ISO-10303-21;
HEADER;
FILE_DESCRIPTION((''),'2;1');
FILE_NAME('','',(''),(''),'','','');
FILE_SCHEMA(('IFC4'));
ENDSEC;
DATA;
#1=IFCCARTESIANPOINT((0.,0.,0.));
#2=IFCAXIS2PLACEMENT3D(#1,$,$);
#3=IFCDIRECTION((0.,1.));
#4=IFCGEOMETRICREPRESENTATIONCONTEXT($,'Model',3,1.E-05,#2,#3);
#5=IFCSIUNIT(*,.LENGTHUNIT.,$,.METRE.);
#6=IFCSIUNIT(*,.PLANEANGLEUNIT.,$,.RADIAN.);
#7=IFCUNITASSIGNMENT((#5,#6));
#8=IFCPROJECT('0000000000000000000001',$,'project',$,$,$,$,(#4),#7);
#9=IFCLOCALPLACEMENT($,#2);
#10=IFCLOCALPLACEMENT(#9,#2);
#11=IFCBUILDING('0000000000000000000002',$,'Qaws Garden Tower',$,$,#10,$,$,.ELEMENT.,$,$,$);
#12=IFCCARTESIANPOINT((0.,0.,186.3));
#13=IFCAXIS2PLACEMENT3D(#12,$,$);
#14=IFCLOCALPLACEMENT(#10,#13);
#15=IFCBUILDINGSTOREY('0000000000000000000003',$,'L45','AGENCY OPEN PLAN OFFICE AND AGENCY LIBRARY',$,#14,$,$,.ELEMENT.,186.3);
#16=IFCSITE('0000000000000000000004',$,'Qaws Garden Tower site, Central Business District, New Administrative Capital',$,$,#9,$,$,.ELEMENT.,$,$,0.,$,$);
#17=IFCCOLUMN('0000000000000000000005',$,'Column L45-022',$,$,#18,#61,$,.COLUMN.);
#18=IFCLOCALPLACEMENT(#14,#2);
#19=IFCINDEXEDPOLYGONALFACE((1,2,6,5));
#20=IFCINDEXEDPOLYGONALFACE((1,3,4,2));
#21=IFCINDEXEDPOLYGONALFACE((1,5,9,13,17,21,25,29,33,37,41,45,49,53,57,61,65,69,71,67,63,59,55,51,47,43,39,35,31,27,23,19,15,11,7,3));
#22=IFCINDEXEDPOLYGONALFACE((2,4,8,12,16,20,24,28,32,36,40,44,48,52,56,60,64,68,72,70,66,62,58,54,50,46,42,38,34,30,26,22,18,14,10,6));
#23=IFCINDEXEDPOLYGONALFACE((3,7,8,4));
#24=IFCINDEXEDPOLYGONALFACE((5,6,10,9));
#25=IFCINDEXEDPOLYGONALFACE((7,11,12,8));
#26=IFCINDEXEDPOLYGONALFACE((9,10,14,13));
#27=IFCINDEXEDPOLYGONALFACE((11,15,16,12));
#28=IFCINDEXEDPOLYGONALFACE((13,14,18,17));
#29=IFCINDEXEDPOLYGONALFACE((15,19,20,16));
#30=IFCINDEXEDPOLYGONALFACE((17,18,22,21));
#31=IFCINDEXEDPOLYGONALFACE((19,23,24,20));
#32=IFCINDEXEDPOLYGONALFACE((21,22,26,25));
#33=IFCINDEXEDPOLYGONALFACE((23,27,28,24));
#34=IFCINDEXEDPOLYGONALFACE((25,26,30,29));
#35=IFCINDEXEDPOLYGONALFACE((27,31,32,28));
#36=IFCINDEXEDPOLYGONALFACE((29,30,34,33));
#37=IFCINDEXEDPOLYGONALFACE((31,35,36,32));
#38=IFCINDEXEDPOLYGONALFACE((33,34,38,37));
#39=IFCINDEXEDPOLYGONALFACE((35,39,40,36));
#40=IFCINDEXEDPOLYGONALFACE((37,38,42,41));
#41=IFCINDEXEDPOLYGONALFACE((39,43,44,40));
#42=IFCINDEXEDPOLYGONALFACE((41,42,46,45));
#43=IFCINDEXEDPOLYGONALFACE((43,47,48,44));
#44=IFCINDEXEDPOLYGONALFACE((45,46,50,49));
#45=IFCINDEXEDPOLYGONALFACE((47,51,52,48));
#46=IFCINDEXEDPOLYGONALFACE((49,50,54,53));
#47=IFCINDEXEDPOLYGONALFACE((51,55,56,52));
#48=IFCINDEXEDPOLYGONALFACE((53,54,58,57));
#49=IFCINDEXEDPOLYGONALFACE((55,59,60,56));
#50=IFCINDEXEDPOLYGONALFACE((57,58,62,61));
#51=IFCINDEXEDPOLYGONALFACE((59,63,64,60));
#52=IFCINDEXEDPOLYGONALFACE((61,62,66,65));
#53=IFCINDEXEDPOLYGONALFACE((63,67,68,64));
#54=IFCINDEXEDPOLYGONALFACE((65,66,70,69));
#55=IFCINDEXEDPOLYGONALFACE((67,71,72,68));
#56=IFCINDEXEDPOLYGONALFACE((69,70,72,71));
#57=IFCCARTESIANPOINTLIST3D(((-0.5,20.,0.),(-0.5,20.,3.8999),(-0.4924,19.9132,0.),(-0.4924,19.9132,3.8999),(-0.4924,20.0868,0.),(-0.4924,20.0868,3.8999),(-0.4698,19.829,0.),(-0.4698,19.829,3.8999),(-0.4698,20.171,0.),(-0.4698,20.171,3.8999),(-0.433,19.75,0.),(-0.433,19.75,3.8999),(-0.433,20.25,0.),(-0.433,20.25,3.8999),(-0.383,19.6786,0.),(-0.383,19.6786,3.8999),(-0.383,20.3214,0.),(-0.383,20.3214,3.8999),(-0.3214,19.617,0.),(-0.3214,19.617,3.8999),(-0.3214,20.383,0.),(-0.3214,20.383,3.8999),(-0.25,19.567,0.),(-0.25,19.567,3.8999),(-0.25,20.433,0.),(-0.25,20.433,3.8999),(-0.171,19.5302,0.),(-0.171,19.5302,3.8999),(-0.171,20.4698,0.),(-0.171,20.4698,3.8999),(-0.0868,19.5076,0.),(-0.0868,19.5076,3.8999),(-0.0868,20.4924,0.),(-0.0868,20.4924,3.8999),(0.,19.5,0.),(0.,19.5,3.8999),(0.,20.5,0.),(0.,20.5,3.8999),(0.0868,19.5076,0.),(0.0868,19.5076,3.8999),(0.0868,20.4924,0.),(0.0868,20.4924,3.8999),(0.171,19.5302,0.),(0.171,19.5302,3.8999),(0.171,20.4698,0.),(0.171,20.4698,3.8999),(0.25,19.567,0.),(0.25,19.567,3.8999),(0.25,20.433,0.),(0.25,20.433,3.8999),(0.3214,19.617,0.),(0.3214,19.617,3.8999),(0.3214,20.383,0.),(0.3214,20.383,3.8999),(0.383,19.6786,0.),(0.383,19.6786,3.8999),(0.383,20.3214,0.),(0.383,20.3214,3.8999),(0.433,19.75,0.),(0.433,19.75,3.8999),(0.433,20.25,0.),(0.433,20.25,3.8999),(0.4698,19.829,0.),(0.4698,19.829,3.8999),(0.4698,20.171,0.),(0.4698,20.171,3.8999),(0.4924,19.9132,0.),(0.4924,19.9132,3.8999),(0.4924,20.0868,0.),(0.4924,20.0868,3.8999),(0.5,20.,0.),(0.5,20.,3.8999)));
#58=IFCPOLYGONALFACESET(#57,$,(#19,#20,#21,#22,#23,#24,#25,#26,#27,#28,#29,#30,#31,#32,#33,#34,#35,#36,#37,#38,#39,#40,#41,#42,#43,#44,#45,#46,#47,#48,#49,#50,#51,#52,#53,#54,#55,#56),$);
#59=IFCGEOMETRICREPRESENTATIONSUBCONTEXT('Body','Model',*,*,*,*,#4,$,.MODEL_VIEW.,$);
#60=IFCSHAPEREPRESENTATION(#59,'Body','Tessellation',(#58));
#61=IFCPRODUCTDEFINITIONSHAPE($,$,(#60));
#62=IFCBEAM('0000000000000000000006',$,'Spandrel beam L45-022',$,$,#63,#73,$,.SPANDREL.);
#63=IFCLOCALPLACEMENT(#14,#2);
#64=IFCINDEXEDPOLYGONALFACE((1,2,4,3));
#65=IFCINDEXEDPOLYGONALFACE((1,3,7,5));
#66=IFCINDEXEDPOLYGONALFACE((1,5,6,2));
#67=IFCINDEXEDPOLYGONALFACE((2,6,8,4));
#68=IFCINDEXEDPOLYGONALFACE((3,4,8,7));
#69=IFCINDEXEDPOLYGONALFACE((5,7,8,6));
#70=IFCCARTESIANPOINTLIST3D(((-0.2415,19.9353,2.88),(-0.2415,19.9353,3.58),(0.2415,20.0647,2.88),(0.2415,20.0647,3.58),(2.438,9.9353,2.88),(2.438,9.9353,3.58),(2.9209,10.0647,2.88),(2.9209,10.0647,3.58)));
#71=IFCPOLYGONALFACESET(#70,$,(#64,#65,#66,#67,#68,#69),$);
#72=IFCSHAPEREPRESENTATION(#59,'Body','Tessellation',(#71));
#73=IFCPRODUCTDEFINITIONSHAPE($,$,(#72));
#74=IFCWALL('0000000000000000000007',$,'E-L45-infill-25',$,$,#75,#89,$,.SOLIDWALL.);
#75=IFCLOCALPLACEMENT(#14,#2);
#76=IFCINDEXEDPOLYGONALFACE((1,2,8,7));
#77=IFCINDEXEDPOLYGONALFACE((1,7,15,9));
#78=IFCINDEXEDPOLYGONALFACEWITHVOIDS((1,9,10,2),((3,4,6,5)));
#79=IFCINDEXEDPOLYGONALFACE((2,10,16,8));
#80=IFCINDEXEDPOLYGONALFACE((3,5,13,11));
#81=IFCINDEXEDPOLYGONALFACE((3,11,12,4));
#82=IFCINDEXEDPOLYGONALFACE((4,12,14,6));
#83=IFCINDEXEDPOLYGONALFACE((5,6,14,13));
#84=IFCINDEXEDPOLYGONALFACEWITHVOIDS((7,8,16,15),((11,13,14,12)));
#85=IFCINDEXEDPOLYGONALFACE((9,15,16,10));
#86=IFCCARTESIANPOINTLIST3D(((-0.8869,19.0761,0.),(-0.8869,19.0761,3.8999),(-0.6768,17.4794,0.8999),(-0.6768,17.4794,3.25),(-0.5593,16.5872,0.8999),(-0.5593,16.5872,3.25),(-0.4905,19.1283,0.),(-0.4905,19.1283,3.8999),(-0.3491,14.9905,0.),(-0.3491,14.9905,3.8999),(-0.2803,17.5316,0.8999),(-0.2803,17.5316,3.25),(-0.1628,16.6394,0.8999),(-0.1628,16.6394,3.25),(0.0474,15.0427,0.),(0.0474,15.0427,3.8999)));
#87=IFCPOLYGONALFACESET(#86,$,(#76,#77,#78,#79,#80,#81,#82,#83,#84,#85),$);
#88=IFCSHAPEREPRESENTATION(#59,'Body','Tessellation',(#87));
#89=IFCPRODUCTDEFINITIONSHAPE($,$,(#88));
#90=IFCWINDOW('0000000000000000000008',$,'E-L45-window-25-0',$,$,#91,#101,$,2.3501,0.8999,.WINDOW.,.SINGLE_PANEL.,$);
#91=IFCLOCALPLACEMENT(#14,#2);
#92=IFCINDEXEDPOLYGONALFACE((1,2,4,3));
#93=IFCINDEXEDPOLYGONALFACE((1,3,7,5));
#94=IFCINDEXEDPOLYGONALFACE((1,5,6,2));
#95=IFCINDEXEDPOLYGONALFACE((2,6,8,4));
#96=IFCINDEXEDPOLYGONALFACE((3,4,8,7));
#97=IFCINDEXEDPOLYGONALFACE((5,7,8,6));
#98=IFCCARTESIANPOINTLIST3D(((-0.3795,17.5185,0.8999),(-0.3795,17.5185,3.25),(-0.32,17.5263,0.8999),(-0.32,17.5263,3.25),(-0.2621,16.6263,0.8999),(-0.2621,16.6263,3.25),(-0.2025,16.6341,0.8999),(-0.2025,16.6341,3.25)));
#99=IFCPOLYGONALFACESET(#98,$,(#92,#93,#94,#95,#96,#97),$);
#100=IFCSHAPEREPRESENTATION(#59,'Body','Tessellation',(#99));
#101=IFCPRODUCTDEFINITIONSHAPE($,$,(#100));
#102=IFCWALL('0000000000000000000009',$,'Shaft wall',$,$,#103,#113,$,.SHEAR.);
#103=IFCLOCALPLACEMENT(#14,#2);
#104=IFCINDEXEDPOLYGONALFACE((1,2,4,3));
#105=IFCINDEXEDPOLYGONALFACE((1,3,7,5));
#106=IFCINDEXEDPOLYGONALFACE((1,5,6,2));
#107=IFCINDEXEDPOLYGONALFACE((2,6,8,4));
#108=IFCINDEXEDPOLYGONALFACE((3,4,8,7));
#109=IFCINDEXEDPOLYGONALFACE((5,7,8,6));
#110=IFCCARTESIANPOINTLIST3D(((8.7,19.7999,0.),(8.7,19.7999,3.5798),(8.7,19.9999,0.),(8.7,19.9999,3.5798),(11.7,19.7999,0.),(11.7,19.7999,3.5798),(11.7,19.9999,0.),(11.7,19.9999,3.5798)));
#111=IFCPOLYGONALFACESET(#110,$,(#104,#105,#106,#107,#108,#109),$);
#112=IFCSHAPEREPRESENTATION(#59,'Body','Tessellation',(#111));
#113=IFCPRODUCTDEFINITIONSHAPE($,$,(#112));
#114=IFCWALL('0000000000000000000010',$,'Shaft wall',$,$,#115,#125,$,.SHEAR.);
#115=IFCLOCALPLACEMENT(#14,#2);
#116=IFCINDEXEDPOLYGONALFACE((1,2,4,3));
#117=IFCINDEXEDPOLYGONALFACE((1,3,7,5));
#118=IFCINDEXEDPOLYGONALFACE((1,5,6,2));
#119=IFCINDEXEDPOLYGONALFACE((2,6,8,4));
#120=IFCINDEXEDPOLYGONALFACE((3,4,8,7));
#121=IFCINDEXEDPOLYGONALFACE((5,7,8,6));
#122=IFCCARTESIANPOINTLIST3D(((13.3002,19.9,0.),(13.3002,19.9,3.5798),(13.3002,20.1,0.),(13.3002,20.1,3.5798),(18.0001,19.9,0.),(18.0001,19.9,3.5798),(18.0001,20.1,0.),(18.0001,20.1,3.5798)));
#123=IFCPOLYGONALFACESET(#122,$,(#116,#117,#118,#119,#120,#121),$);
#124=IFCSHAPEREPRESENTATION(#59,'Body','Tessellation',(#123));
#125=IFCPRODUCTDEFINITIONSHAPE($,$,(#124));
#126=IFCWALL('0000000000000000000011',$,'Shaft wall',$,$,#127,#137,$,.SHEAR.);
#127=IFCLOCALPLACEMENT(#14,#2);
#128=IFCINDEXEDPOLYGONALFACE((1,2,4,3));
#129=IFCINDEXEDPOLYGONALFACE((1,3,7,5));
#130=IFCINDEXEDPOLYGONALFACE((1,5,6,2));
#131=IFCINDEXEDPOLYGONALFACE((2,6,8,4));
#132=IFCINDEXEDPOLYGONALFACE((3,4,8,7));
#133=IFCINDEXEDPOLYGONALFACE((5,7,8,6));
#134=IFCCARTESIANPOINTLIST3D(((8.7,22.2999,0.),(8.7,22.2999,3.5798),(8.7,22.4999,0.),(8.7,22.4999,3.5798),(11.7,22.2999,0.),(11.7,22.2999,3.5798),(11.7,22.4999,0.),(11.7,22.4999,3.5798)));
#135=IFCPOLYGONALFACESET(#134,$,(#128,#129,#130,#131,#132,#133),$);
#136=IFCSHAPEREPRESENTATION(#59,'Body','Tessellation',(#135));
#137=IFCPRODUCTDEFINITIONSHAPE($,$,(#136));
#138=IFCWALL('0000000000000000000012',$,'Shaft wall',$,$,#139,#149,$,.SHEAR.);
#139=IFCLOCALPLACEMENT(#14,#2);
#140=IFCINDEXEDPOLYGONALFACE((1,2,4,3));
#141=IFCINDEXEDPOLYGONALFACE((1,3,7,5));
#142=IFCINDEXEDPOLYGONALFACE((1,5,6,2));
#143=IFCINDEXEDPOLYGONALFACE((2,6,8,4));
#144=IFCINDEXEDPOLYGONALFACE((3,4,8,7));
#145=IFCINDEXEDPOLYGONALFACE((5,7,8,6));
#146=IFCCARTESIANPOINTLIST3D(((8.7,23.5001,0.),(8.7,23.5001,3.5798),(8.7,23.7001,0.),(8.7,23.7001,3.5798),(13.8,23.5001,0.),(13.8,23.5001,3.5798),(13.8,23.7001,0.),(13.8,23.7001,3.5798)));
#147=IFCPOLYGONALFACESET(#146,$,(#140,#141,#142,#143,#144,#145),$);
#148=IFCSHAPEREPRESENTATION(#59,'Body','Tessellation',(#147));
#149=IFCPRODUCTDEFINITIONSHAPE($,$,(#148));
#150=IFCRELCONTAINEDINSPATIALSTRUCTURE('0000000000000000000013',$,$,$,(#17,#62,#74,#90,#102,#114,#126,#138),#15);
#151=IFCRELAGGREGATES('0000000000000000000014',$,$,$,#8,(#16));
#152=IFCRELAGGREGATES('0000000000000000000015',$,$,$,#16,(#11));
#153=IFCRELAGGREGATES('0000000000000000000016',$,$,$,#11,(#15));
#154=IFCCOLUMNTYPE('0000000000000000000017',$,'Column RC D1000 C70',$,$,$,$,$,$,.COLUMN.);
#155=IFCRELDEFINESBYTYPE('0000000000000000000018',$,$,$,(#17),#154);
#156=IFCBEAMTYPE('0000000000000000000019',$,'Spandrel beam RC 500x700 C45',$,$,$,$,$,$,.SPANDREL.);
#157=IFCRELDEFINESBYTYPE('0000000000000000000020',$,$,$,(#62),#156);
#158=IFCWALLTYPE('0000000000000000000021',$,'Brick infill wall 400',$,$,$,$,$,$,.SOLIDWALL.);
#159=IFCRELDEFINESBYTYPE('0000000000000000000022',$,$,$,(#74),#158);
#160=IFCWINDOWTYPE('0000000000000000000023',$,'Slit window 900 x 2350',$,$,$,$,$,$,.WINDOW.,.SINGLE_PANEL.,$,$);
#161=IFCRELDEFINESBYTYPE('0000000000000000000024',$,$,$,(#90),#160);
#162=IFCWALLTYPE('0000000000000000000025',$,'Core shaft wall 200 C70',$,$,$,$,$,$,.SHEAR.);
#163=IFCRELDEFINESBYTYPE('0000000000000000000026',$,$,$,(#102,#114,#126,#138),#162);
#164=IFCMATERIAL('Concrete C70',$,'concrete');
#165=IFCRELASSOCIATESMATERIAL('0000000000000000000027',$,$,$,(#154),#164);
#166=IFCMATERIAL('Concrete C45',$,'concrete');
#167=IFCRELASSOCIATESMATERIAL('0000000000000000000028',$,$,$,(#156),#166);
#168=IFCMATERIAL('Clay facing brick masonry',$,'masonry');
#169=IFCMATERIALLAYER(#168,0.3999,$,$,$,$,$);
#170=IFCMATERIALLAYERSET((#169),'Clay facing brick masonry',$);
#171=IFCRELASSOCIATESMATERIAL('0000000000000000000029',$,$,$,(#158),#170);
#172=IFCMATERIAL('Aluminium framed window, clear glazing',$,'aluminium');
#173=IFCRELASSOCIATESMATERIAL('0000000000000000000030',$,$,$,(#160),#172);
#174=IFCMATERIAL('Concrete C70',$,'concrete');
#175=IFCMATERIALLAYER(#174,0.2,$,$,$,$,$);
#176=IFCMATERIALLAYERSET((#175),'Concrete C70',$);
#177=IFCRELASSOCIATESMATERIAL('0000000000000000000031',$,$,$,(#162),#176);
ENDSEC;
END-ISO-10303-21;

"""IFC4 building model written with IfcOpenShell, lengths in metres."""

from ifc_helpers import new_model, si_unit, direction, frame, frame_2d, origin, origin_2d, place, context, subcontext, project, spatial, rectangle, circle, extrude, material, layer, layer_set, material_profile, profile_set, type_object, element, fill, save


model = new_model("IFC4")

# Units and contexts
model_context = context("Model", 3, precision=1e-05, world=origin(), true_north=direction((0.0, 1.0)))
body_context = subcontext(model_context, "Body", "Model", "MODEL_VIEW")
ifc_project = project(units=[si_unit("LENGTHUNIT", "METRE"), si_unit("PLANEANGLEUNIT", "RADIAN")], contexts=[model_context])

# Site, building, storey
site_placement = place(None, origin())
site = spatial("IfcSite", under=ifc_project, at=site_placement, Name="Qaws Garden Tower site, Central Business District, New Administrative Capital", CompositionType="ELEMENT", RefElevation=0.0)
building_placement = place(site_placement, origin())
building = spatial("IfcBuilding", under=site, at=building_placement, Name="Qaws Garden Tower", CompositionType="ELEMENT")
storey_placement = place(building_placement, frame((0.0, 0.0, 186.3)))
storey = spatial("IfcBuildingStorey", under=building, at=storey_placement, Name="L45", Description="AGENCY OPEN PLAN OFFICE AND AGENCY LIBRARY", CompositionType="ELEMENT", Elevation=186.3)

# Column
ifc_material_1 = material(Name="Concrete C70", Category="concrete")
ifc_material_profile_1 = material_profile(ifc_material_1, circle(Radius=0.5, at=origin_2d()), Name="RC D1000")
ifc_profile_set_1 = profile_set([ifc_material_profile_1], Name="Concrete C70")
column_type = type_object("IfcColumnType", Name="Column RC D1000 C70", PredefinedType="COLUMN", material=ifc_profile_set_1)
column_placement = place(storey_placement, frame((0.0, 20.0, 0.0), z_axis=(0.0, 0.0, 1.0), x_axis=(1.0, 0.0, 0.0)))
element("IfcColumn", 1, at=column_placement, inside=storey, type_object=column_type, Name="Column L45-022", PredefinedType="COLUMN", context=body_context, shape_type="SweptSolid", body=[
    extrude(circle(Radius=0.5, at=origin_2d()), origin(), (0.0, 0.0, 1.0), 3.8999),
])

# Beam
ifc_material_2 = material(Name="Concrete C45", Category="concrete")
ifc_material_profile_2 = material_profile(ifc_material_2, rectangle(XDim=0.5, YDim=0.7, at=origin_2d()), Name="RC 500x700")
ifc_profile_set_2 = profile_set([ifc_material_profile_2], Name="Concrete C45")
beam_type = type_object("IfcBeamType", Name="Spandrel beam RC 500x700 C45", PredefinedType="SPANDREL", material=ifc_profile_set_2)
beam_placement = place(storey_placement, frame((0.0, 20.0, 3.23), z_axis=(0.258815, -0.965927, 0.0), x_axis=(0.965927, 0.258815, 0.0)))
element("IfcBeam", 2, at=beam_placement, inside=storey, type_object=beam_type, Name="Spandrel beam L45-022", PredefinedType="SPANDREL", context=body_context, shape_type="SweptSolid", body=[
    extrude(rectangle(XDim=0.5, YDim=0.7, at=origin_2d()), origin(), (0.0, 0.0, 1.0), 10.3528),
])

# Wall, opening, window
ifc_material_3 = material(Name="Clay facing brick masonry", Category="masonry")
ifc_layer_1 = layer(ifc_material_3, 0.3999)
ifc_layer_set_1 = layer_set([ifc_layer_1], Name="Clay facing brick masonry")
wall_type_1 = type_object("IfcWallType", Name="Brick infill wall 400", PredefinedType="SOLIDWALL", material=ifc_layer_set_1)
wall_1_placement = place(storey_placement, frame((-0.6887, 19.1023, 0.0), z_axis=(0.0, 0.0, 1.0), x_axis=(0.130514, -0.991446, 0.0)))
wall_1 = element("IfcWall", 3, at=wall_1_placement, inside=storey, type_object=wall_type_1, Name="E-L45-infill-25", PredefinedType="SOLIDWALL", context=body_context, shape_type="SweptSolid", body=[
    extrude(rectangle(XDim=4.1208, YDim=0.3999, at=frame_2d((2.0605, 0.0))), origin(), (0.0, 0.0, 1.0), 3.8999),
])
opening_1_placement = place(wall_1_placement, frame((1.6106, 0.0, 0.8999)))
opening_1 = element("IfcOpeningElement", 4, at=opening_1_placement, cuts=wall_1, PredefinedType="OPENING", context=body_context, shape_type="SweptSolid", body=[
    extrude(rectangle(XDim=0.8999, YDim=2.3501, at=frame_2d((0.45, 1.175))), frame((0.0, 0.21, 0.0), z_axis=(0.0, -1.0, 0.0), x_axis=(1.0, 0.0, 0.0)), (0.0, 0.0, 1.0), 0.4199),
])
ifc_material_4 = material(Name="Aluminium framed window, clear glazing", Category="aluminium")
window_type = type_object("IfcWindowType", Name="Slit window 900 x 2350", PartitioningType="SINGLE_PANEL", PredefinedType="WINDOW", material=ifc_material_4)
window_placement = place(opening_1_placement, origin())
window = element("IfcWindow", 5, at=window_placement, inside=storey, type_object=window_type, Name="E-L45-window-25-0", OverallHeight=2.3501, OverallWidth=0.8999, PartitioningType="SINGLE_PANEL", PredefinedType="WINDOW", context=body_context, shape_type="SweptSolid", body=[
    extrude(rectangle(XDim=0.8999, YDim=2.3501, at=frame_2d((0.45, 1.175))), frame((0.0, 0.1599, 0.0), z_axis=(0.0, -1.0, 0.0), x_axis=(1.0, 0.0, 0.0)), (0.0, 0.0, 1.0), 0.0601),
])
fill(opening_1, window)

# Walls
ifc_material_5 = material(Name="Concrete C70", Category="concrete")
ifc_layer_2 = layer(ifc_material_5, 0.2)
ifc_layer_set_2 = layer_set([ifc_layer_2], Name="Concrete C70")
wall_type_2 = type_object("IfcWallType", Name="Core shaft wall 200 C70", PredefinedType="SHEAR", material=ifc_layer_set_2)
wall_2_placement = place(storey_placement, frame((8.7, 19.8999, 0.0), z_axis=(0.0, 0.0, 1.0), x_axis=(1.0, 0.0, 0.0)))
element("IfcWall", 6, at=wall_2_placement, inside=storey, type_object=wall_type_2, Name="Shaft wall", PredefinedType="SHEAR", context=body_context, shape_type="SweptSolid", body=[
    extrude(rectangle(XDim=3.0, YDim=0.2, at=frame_2d((1.5, 0.0))), origin(), (0.0, 0.0, 1.0), 3.5798),
])
wall_3_placement = place(storey_placement, frame((13.3, 20.0, 0.0), z_axis=(0.0, 0.0, 1.0), x_axis=(1.0, 0.0, 0.0)))
element("IfcWall", 7, at=wall_3_placement, inside=storey, type_object=wall_type_2, Name="Shaft wall", PredefinedType="SHEAR", context=body_context, shape_type="SweptSolid", body=[
    extrude(rectangle(XDim=4.7, YDim=0.2, at=frame_2d((2.3501, 0.0))), origin(), (0.0, 0.0, 1.0), 3.5798),
])
wall_4_placement = place(storey_placement, frame((8.7, 22.3999, 0.0), z_axis=(0.0, 0.0, 1.0), x_axis=(1.0, 0.0, 0.0)))
element("IfcWall", 8, at=wall_4_placement, inside=storey, type_object=wall_type_2, Name="Shaft wall", PredefinedType="SHEAR", context=body_context, shape_type="SweptSolid", body=[
    extrude(rectangle(XDim=3.0, YDim=0.2, at=frame_2d((1.5, 0.0))), origin(), (0.0, 0.0, 1.0), 3.5798),
])
wall_5_placement = place(storey_placement, frame((8.7, 23.6001, 0.0), z_axis=(0.0, 0.0, 1.0), x_axis=(1.0, 0.0, 0.0)))
element("IfcWall", 9, at=wall_5_placement, inside=storey, type_object=wall_type_2, Name="Shaft wall", PredefinedType="SHEAR", context=body_context, shape_type="SweptSolid", body=[
    extrude(rectangle(XDim=5.1001, YDim=0.2, at=frame_2d((2.55, 0.0))), origin(), (0.0, 0.0, 1.0), 3.5798),
])

save(model, "model.ifc")
